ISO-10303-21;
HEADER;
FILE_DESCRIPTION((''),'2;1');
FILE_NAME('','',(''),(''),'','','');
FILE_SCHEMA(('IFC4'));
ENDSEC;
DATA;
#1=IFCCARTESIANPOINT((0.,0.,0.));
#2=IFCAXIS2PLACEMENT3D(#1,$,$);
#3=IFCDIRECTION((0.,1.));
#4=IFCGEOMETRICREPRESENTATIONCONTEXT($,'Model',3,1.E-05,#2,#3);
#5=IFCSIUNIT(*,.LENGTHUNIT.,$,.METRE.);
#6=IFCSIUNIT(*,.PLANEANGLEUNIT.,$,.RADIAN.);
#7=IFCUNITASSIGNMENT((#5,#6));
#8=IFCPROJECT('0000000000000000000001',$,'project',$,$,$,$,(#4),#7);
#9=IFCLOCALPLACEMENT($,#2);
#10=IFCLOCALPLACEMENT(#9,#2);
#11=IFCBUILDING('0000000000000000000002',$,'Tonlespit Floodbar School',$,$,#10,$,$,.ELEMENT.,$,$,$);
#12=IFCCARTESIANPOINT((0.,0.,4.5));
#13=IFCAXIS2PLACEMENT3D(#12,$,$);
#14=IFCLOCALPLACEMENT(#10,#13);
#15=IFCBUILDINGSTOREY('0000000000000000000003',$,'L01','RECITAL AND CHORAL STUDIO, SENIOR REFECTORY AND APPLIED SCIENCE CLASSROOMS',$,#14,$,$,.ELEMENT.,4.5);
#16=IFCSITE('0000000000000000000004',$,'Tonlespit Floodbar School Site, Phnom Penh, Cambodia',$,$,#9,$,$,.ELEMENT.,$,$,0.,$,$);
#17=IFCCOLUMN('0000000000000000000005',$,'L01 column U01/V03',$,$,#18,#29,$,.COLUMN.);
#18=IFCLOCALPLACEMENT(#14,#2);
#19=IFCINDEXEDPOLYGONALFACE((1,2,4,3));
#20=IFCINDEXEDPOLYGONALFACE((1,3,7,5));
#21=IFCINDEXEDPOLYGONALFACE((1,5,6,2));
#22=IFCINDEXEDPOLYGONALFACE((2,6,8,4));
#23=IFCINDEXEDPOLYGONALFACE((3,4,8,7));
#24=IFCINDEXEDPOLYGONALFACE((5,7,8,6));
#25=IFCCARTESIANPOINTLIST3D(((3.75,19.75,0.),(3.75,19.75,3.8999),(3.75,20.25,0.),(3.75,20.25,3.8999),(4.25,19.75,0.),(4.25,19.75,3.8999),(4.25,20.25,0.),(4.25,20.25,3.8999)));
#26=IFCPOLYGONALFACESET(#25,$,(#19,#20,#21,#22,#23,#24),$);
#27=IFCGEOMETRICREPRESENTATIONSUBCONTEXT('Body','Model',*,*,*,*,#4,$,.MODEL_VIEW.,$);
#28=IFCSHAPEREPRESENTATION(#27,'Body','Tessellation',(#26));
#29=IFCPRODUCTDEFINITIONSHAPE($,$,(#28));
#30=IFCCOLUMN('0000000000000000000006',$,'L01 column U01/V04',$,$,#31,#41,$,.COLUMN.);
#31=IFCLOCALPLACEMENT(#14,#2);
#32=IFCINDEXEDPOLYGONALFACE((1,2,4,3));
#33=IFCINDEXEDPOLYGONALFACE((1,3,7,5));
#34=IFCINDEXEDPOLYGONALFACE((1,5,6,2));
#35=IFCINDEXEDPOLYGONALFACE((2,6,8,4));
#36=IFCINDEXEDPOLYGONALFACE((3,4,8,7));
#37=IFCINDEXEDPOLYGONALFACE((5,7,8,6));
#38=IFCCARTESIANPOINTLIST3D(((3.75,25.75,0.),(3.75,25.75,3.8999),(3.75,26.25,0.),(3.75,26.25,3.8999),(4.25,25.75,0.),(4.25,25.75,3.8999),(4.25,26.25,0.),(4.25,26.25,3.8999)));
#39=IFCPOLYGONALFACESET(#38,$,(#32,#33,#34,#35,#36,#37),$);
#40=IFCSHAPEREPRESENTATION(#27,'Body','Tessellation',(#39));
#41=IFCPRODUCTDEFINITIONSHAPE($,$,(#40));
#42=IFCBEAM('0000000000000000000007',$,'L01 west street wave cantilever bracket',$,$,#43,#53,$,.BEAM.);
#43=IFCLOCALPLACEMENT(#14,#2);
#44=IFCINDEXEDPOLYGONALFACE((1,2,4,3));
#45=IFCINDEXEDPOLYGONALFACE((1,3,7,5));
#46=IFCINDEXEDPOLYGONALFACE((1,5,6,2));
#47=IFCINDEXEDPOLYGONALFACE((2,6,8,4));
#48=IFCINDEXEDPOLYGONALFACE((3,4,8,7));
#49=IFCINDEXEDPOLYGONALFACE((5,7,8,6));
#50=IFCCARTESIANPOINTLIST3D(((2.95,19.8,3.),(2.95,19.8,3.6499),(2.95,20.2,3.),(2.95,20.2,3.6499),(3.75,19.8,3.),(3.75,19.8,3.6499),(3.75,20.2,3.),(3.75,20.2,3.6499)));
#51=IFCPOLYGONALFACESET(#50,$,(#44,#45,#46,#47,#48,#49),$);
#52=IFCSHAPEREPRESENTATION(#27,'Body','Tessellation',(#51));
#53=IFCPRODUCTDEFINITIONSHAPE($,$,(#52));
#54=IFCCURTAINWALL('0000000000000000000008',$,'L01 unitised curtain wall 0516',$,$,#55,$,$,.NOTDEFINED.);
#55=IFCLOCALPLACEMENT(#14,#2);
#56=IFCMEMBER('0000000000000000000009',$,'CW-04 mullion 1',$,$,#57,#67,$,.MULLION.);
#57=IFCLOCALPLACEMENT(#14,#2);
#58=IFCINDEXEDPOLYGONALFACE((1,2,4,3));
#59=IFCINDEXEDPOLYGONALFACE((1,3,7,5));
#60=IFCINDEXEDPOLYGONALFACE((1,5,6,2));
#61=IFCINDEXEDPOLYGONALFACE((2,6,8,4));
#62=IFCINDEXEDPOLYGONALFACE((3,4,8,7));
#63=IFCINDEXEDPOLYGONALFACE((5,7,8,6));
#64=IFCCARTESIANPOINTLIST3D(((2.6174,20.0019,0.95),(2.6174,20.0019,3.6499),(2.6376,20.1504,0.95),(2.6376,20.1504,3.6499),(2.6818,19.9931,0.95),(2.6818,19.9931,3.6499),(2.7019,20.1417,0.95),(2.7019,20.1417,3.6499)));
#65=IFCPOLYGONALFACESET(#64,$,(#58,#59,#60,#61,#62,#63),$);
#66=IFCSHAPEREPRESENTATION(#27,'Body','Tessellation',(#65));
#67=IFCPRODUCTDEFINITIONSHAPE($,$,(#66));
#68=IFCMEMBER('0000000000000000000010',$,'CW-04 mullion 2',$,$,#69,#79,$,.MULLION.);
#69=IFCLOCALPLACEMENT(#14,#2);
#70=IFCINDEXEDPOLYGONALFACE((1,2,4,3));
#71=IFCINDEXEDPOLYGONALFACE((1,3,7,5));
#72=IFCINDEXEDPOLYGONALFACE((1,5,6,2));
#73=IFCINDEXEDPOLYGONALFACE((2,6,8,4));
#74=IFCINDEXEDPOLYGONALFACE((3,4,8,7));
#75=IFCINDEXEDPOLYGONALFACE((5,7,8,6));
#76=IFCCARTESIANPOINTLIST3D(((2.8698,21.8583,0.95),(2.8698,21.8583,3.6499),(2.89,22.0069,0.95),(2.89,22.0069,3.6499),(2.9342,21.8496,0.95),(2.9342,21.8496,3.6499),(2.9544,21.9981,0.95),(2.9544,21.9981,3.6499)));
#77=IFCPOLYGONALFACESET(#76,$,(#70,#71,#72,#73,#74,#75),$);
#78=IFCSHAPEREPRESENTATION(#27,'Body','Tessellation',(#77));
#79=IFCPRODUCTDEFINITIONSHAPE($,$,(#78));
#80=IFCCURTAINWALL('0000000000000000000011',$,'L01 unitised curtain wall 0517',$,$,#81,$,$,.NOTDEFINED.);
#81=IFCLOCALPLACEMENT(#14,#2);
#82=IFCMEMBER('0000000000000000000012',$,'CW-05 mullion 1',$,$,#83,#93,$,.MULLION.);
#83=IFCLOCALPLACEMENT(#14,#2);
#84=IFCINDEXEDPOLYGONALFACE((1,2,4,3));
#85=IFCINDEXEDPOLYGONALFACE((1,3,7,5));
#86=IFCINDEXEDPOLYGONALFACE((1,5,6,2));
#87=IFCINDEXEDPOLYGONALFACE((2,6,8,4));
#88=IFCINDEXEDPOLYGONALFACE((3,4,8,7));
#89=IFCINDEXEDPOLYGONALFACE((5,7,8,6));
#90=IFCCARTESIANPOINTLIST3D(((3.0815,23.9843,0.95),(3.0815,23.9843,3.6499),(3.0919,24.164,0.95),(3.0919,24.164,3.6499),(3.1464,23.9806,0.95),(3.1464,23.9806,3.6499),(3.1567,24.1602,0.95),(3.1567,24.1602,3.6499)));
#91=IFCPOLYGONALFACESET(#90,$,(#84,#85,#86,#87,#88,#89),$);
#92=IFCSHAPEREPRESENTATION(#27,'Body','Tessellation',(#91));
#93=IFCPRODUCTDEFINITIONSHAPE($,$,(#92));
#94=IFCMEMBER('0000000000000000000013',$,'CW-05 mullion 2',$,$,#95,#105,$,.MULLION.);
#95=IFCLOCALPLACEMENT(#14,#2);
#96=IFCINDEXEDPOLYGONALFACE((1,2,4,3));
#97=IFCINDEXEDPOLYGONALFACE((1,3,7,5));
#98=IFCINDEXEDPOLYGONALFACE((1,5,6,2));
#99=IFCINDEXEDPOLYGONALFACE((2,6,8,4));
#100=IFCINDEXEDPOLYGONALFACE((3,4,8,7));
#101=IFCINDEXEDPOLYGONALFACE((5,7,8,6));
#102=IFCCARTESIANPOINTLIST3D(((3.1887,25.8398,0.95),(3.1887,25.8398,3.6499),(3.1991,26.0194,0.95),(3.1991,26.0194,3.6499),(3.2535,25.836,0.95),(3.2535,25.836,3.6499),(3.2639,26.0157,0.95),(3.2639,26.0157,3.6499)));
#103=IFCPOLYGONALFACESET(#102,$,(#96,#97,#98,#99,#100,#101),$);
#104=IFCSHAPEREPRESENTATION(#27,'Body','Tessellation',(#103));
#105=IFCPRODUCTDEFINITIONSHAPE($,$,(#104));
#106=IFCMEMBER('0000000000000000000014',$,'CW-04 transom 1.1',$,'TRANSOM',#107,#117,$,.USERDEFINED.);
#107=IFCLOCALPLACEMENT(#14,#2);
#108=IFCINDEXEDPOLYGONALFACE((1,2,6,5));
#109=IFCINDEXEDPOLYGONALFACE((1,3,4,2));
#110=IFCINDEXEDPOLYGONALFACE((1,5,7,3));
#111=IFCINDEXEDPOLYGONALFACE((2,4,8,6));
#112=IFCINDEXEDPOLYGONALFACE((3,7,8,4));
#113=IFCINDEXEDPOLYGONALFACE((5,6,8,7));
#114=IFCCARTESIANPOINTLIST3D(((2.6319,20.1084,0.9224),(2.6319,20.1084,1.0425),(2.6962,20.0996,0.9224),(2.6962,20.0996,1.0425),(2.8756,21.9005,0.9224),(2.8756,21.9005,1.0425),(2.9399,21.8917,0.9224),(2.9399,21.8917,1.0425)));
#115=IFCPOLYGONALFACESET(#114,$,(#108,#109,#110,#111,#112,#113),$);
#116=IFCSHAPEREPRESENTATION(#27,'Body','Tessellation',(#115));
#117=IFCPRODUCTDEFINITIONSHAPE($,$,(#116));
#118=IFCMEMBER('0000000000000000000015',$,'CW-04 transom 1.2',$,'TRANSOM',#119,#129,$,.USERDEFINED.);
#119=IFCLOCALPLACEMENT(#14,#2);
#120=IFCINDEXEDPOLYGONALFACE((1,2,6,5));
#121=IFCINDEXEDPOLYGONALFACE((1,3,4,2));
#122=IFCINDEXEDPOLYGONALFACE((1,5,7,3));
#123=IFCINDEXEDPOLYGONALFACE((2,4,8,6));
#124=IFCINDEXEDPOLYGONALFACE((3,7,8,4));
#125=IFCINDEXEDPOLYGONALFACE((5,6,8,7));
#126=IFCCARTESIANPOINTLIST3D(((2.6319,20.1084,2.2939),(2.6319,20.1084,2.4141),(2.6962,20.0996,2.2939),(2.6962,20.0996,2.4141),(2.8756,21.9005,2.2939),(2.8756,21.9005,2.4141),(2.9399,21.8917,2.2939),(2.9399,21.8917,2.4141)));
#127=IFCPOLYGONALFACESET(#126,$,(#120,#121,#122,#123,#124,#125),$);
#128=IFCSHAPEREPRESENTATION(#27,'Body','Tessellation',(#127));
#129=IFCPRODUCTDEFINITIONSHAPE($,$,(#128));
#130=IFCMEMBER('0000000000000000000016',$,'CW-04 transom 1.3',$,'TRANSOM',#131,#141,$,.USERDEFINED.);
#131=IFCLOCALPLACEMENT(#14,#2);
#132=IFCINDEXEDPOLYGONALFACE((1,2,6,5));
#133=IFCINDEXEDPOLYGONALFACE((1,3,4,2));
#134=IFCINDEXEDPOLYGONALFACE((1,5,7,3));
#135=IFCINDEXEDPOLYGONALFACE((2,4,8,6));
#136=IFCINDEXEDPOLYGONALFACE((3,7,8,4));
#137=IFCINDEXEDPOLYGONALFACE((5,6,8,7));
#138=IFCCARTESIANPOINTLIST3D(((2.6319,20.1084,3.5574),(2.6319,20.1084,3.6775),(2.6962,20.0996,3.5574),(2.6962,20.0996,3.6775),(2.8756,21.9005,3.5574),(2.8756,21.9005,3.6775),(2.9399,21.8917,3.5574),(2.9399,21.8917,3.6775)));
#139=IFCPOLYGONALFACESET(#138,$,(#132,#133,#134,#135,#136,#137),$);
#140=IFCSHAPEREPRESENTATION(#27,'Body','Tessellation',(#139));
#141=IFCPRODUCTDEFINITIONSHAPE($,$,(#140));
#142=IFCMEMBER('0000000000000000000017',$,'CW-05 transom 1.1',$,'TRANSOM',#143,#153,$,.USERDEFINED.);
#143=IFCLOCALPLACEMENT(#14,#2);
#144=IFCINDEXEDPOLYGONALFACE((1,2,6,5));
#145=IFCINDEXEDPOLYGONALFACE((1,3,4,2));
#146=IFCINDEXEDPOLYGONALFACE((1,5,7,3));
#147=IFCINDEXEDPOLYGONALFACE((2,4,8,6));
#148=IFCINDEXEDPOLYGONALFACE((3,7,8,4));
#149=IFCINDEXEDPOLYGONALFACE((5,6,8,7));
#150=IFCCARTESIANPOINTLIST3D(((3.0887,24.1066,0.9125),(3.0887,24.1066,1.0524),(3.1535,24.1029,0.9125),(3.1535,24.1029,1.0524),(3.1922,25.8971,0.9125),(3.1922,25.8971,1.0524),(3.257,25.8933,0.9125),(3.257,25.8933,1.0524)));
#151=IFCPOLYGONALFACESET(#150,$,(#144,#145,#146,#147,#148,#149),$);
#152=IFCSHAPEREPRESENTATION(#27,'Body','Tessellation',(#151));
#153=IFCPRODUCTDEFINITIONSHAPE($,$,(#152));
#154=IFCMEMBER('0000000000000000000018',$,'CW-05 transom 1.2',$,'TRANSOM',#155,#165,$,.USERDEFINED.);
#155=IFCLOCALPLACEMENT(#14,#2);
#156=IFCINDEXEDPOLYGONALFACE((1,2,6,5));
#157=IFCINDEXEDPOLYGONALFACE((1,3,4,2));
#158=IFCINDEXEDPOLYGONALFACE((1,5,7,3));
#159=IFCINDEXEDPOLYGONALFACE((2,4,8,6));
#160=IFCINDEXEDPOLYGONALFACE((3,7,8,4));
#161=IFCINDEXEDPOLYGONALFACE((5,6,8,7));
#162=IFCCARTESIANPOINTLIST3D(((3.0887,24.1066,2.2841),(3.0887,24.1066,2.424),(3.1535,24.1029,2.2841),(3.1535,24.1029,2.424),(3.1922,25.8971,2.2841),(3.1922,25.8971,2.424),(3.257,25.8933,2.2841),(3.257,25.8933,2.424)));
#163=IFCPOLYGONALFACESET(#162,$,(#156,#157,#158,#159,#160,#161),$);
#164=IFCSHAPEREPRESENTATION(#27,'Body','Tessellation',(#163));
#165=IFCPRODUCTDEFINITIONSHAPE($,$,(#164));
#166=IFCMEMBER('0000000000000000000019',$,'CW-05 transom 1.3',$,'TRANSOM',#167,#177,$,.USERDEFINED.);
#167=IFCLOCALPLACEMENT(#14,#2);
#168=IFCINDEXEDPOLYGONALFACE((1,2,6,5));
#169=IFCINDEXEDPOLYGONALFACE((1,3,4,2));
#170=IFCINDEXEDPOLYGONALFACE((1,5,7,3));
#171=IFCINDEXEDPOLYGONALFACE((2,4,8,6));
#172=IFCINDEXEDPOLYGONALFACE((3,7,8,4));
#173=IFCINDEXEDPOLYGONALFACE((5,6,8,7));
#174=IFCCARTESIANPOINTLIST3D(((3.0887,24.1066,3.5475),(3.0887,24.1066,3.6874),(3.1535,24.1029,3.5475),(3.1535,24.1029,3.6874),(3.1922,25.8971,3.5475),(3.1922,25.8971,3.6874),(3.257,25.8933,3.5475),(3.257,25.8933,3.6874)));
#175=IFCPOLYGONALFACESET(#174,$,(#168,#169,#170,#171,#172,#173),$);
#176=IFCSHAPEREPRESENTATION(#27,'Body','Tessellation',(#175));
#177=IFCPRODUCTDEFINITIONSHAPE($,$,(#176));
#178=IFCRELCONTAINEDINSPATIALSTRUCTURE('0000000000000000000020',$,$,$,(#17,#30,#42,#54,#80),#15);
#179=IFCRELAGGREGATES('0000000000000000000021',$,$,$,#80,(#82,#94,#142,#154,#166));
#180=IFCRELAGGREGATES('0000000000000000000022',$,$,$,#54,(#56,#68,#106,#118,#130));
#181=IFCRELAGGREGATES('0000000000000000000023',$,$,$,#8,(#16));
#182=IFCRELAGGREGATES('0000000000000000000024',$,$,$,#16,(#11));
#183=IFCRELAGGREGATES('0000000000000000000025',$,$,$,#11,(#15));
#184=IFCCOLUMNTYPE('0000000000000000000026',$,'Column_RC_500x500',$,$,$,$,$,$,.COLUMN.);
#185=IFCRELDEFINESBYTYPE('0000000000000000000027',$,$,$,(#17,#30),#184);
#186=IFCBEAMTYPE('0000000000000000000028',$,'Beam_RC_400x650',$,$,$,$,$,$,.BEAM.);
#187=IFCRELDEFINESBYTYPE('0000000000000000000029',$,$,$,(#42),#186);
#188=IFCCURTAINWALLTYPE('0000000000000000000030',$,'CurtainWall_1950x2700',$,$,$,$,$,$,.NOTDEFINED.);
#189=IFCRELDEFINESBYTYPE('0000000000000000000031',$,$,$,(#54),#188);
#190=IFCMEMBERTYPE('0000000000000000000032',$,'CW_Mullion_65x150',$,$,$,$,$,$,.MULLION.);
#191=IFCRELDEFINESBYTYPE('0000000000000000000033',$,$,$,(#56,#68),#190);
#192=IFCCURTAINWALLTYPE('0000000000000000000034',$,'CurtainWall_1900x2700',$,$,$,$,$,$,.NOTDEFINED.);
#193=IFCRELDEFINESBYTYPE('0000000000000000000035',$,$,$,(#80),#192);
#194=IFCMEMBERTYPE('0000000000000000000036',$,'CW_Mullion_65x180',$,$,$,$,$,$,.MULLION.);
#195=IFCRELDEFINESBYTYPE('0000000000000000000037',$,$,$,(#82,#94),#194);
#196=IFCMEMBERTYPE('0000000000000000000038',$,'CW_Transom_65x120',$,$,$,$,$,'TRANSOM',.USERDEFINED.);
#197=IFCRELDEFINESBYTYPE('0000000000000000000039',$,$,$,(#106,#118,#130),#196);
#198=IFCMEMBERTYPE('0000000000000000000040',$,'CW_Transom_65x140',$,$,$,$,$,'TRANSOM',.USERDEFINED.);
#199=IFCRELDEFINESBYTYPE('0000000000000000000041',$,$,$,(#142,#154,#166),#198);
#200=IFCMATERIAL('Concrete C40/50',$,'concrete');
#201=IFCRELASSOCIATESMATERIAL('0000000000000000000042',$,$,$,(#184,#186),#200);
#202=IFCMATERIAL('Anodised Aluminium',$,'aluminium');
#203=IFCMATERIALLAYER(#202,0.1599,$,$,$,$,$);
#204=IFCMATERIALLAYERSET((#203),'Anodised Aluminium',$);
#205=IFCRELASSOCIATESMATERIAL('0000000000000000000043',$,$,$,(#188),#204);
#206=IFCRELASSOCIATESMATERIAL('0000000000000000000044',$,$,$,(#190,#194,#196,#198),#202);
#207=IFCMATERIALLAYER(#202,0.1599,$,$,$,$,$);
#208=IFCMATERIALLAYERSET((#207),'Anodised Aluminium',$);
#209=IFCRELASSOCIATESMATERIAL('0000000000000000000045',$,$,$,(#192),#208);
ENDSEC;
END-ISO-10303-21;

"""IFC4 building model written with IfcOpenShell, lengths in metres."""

from ifc_helpers import new_model, si_unit, direction, frame, origin, origin_2d, place, context, subcontext, project, spatial, rectangle, extrude, material, layer, layer_set, material_profile, profile_set, type_object, element, aggregate, save


model = new_model("IFC4")

# Units and contexts
model_context = context("Model", 3, precision=1e-05, world=origin(), true_north=direction((0.0, 1.0)))
body_context = subcontext(model_context, "Body", "Model", "MODEL_VIEW")
ifc_project = project(units=[si_unit("LENGTHUNIT", "METRE"), si_unit("PLANEANGLEUNIT", "RADIAN")], contexts=[model_context])

# Site, building, storey
site_placement = place(None, origin())
site = spatial("IfcSite", under=ifc_project, at=site_placement, Name="Tonlespit Floodbar School Site, Phnom Penh, Cambodia", CompositionType="ELEMENT", RefElevation=0.0)
building_placement = place(site_placement, origin())
building = spatial("IfcBuilding", under=site, at=building_placement, Name="Tonlespit Floodbar School", CompositionType="ELEMENT")
storey_placement = place(building_placement, frame((0.0, 0.0, 4.5)))
storey = spatial("IfcBuildingStorey", under=building, at=storey_placement, Name="L01", Description="RECITAL AND CHORAL STUDIO, SENIOR REFECTORY AND APPLIED SCIENCE CLASSROOMS", CompositionType="ELEMENT", Elevation=4.5)

# Columns
ifc_material_1 = material(Name="Concrete C40/50", Category="concrete")
ifc_material_profile_1 = material_profile(ifc_material_1, rectangle(XDim=0.5, YDim=0.5, at=origin_2d()), Name="RC 500x500")
ifc_profile_set_1 = profile_set([ifc_material_profile_1], Name="Concrete C40/50")
column_type = type_object("IfcColumnType", Name="Column_RC_500x500", PredefinedType="COLUMN", material=ifc_profile_set_1)
for number, where, z_axis, x_axis, name in (
    (1, (4.0, 20.0, 0.0), (0.0, 0.0, 1.0), (1.0, 0.0, 0.0), "L01 column U01/V03"),
    (2, (4.0, 26.0, 0.0), (0.0, 0.0, 1.0), (1.0, 0.0, 0.0), "L01 column U01/V04"),
):
    element("IfcColumn", number, at=place(storey_placement, frame(where, z_axis=z_axis, x_axis=x_axis)), inside=storey, type_object=column_type, Name=name, PredefinedType="COLUMN", context=body_context, shape_type="SweptSolid", body=[
        extrude(rectangle(XDim=0.5, YDim=0.5, at=origin_2d()), origin(), (0.0, 0.0, 1.0), 3.8999),
    ])

# Beam
ifc_material_profile_2 = material_profile(ifc_material_1, rectangle(XDim=0.3999, YDim=0.6499, at=origin_2d()), Name="RC 400x650")
ifc_profile_set_2 = profile_set([ifc_material_profile_2], Name="Concrete C40/50")
beam_type_1 = type_object("IfcBeamType", Name="Beam_RC_400x650", PredefinedType="BEAM", material=ifc_profile_set_2)
beam_1_placement = place(storey_placement, frame((3.75, 20.0, 3.325), z_axis=(-1.0, 0.0, 0.0), x_axis=(0.0, -1.0, 0.0)))
element("IfcBeam", 3, at=beam_1_placement, inside=storey, type_object=beam_type_1, Name="L01 west street wave cantilever bracket", PredefinedType="BEAM", context=body_context, shape_type="SweptSolid", body=[
    extrude(rectangle(XDim=0.3999, YDim=0.6499, at=origin_2d()), origin(), (0.0, 0.0, 1.0), 0.8),
])

# Curtain walls, members
ifc_material_2 = material(Name="Anodised Aluminium", Category="aluminium")
ifc_layer_1 = layer(ifc_material_2, 0.1599)
ifc_layer_set_1 = layer_set([ifc_layer_1], Name="Anodised Aluminium")
curtain_wall_type_1 = type_object("IfcCurtainWallType", Name="CurtainWall_1950x2700", PredefinedType="NOTDEFINED", material=ifc_layer_set_1)
curtain_wall_1_placement = place(storey_placement, origin())
curtain_wall_1 = element("IfcCurtainWall", 4, at=curtain_wall_1_placement, inside=storey, type_object=curtain_wall_type_1, Name="L01 unitised curtain wall 0516", PredefinedType="NOTDEFINED")
ifc_material_profile_3 = material_profile(ifc_material_2, rectangle(XDim=0.0649, YDim=0.1499, at=origin_2d()), Name="ALU M65x150")
ifc_profile_set_3 = profile_set([ifc_material_profile_3], Name="Anodised Aluminium")
member_type_1 = type_object("IfcMemberType", Name="CW_Mullion_65x150", PredefinedType="MULLION", material=ifc_profile_set_3)
member_1_placement = place(storey_placement, frame((2.6597, 20.0718, 0.95), z_axis=(0.0, 0.0, 1.0), x_axis=(-0.990894, 0.134644, 0.0)))
member_1 = element("IfcMember", 5, at=member_1_placement, type_object=member_type_1, Name="CW-04 mullion 1", PredefinedType="MULLION", context=body_context, shape_type="SweptSolid", body=[
    extrude(rectangle(XDim=0.0649, YDim=0.1499, at=origin_2d()), origin(), (0.0, 0.0, 1.0), 2.7),
])
member_2_placement = place(storey_placement, frame((2.9121, 21.9282, 0.95), z_axis=(0.0, 0.0, 1.0), x_axis=(-0.990894, 0.134644, 0.0)))
member_2 = element("IfcMember", 6, at=member_2_placement, type_object=member_type_1, Name="CW-04 mullion 2", PredefinedType="MULLION", context=body_context, shape_type="SweptSolid", body=[
    extrude(rectangle(XDim=0.0649, YDim=0.1499, at=origin_2d()), origin(), (0.0, 0.0, 1.0), 2.7),
])
ifc_layer_2 = layer(ifc_material_2, 0.1599)
ifc_layer_set_2 = layer_set([ifc_layer_2], Name="Anodised Aluminium")
curtain_wall_type_2 = type_object("IfcCurtainWallType", Name="CurtainWall_1900x2700", PredefinedType="NOTDEFINED", material=ifc_layer_set_2)
curtain_wall_2_placement = place(storey_placement, origin())
curtain_wall_2 = element("IfcCurtainWall", 7, at=curtain_wall_2_placement, inside=storey, type_object=curtain_wall_type_2, Name="L01 unitised curtain wall 0517", PredefinedType="NOTDEFINED")
ifc_material_profile_4 = material_profile(ifc_material_2, rectangle(XDim=0.0649, YDim=0.1799, at=origin_2d()), Name="ALU M65x180")
ifc_profile_set_4 = profile_set([ifc_material_profile_4], Name="Anodised Aluminium")
member_type_2 = type_object("IfcMemberType", Name="CW_Mullion_65x180", PredefinedType="MULLION", material=ifc_profile_set_4)
member_3_placement = place(storey_placement, frame((3.1191, 24.0723, 0.95), z_axis=(0.0, 0.0, 1.0), x_axis=(-0.998333, 0.05771, 0.0)))
member_3 = element("IfcMember", 8, at=member_3_placement, type_object=member_type_2, Name="CW-05 mullion 1", PredefinedType="MULLION", context=body_context, shape_type="SweptSolid", body=[
    extrude(rectangle(XDim=0.0649, YDim=0.1799, at=origin_2d()), origin(), (0.0, 0.0, 1.0), 2.7),
])
member_4_placement = place(storey_placement, frame((3.2263, 25.9277, 0.95), z_axis=(0.0, 0.0, 1.0), x_axis=(-0.998333, 0.05771, 0.0)))
member_4 = element("IfcMember", 9, at=member_4_placement, type_object=member_type_2, Name="CW-05 mullion 2", PredefinedType="MULLION", context=body_context, shape_type="SweptSolid", body=[
    extrude(rectangle(XDim=0.0649, YDim=0.1799, at=origin_2d()), origin(), (0.0, 0.0, 1.0), 2.7),
])

# Members
ifc_material_profile_5 = material_profile(ifc_material_2, rectangle(XDim=0.0649, YDim=0.1201, at=origin_2d()), Name="ALU T65x120")
ifc_profile_set_5 = profile_set([ifc_material_profile_5], Name="Anodised Aluminium")
member_type_3 = type_object("IfcMemberType", Name="CW_Transom_65x120", ElementType="TRANSOM", PredefinedType="USERDEFINED", material=ifc_profile_set_5)
member_5_placement = place(storey_placement, frame((2.6641, 20.104, 0.9824), z_axis=(0.134728, 0.990883, 0.0), x_axis=(-0.990883, 0.134728, 0.0)))
member_5 = element("IfcMember", 10, at=member_5_placement, type_object=member_type_3, Name="CW-04 transom 1.1", ObjectType="TRANSOM", PredefinedType="USERDEFINED", context=body_context, shape_type="SweptSolid", body=[
    extrude(rectangle(XDim=0.0649, YDim=0.1201, at=origin_2d()), origin(), (0.0, 0.0, 1.0), 1.8086),
])
member_6_placement = place(storey_placement, frame((2.6641, 20.104, 2.354), z_axis=(0.134728, 0.990883, 0.0), x_axis=(-0.990883, 0.134728, 0.0)))
member_6 = element("IfcMember", 11, at=member_6_placement, type_object=member_type_3, Name="CW-04 transom 1.2", ObjectType="TRANSOM", PredefinedType="USERDEFINED", context=body_context, shape_type="SweptSolid", body=[
    extrude(rectangle(XDim=0.0649, YDim=0.1201, at=origin_2d()), origin(), (0.0, 0.0, 1.0), 1.8086),
])
member_7_placement = place(storey_placement, frame((2.6641, 20.104, 3.6174), z_axis=(0.134728, 0.990883, 0.0), x_axis=(-0.990883, 0.134728, 0.0)))
member_7 = element("IfcMember", 12, at=member_7_placement, type_object=member_type_3, Name="CW-04 transom 1.3", ObjectType="TRANSOM", PredefinedType="USERDEFINED", context=body_context, shape_type="SweptSolid", body=[
    extrude(rectangle(XDim=0.0649, YDim=0.1201, at=origin_2d()), origin(), (0.0, 0.0, 1.0), 1.8086),
])
ifc_material_profile_6 = material_profile(ifc_material_2, rectangle(XDim=0.0649, YDim=0.1399, at=origin_2d()), Name="ALU T65x140")
ifc_profile_set_6 = profile_set([ifc_material_profile_6], Name="Anodised Aluminium")
member_type_4 = type_object("IfcMemberType", Name="CW_Transom_65x140", ElementType="TRANSOM", PredefinedType="USERDEFINED", material=ifc_profile_set_6)
member_8_placement = place(storey_placement, frame((3.1211, 24.1047, 0.9824), z_axis=(0.057717, 0.998333, 0.0), x_axis=(-0.998333, 0.057717, 0.0)))
member_8 = element("IfcMember", 13, at=member_8_placement, type_object=member_type_4, Name="CW-05 transom 1.1", ObjectType="TRANSOM", PredefinedType="USERDEFINED", context=body_context, shape_type="SweptSolid", body=[
    extrude(rectangle(XDim=0.0649, YDim=0.1399, at=origin_2d()), origin(), (0.0, 0.0, 1.0), 1.7935),
])
member_9_placement = place(storey_placement, frame((3.1211, 24.1047, 2.354), z_axis=(0.057717, 0.998333, 0.0), x_axis=(-0.998333, 0.057717, 0.0)))
member_9 = element("IfcMember", 14, at=member_9_placement, type_object=member_type_4, Name="CW-05 transom 1.2", ObjectType="TRANSOM", PredefinedType="USERDEFINED", context=body_context, shape_type="SweptSolid", body=[
    extrude(rectangle(XDim=0.0649, YDim=0.1399, at=origin_2d()), origin(), (0.0, 0.0, 1.0), 1.7935),
])
member_10_placement = place(storey_placement, frame((3.1211, 24.1047, 3.6174), z_axis=(0.057717, 0.998333, 0.0), x_axis=(-0.998333, 0.057717, 0.0)))
member_10 = element("IfcMember", 15, at=member_10_placement, type_object=member_type_4, Name="CW-05 transom 1.3", ObjectType="TRANSOM", PredefinedType="USERDEFINED", context=body_context, shape_type="SweptSolid", body=[
    extrude(rectangle(XDim=0.0649, YDim=0.1399, at=origin_2d()), origin(), (0.0, 0.0, 1.0), 1.7935),
])

aggregate(curtain_wall_2, [member_3, member_4, member_8, member_9, member_10])
aggregate(curtain_wall_1, [member_1, member_2, member_5, member_6, member_7])

save(model, "model.ifc")
